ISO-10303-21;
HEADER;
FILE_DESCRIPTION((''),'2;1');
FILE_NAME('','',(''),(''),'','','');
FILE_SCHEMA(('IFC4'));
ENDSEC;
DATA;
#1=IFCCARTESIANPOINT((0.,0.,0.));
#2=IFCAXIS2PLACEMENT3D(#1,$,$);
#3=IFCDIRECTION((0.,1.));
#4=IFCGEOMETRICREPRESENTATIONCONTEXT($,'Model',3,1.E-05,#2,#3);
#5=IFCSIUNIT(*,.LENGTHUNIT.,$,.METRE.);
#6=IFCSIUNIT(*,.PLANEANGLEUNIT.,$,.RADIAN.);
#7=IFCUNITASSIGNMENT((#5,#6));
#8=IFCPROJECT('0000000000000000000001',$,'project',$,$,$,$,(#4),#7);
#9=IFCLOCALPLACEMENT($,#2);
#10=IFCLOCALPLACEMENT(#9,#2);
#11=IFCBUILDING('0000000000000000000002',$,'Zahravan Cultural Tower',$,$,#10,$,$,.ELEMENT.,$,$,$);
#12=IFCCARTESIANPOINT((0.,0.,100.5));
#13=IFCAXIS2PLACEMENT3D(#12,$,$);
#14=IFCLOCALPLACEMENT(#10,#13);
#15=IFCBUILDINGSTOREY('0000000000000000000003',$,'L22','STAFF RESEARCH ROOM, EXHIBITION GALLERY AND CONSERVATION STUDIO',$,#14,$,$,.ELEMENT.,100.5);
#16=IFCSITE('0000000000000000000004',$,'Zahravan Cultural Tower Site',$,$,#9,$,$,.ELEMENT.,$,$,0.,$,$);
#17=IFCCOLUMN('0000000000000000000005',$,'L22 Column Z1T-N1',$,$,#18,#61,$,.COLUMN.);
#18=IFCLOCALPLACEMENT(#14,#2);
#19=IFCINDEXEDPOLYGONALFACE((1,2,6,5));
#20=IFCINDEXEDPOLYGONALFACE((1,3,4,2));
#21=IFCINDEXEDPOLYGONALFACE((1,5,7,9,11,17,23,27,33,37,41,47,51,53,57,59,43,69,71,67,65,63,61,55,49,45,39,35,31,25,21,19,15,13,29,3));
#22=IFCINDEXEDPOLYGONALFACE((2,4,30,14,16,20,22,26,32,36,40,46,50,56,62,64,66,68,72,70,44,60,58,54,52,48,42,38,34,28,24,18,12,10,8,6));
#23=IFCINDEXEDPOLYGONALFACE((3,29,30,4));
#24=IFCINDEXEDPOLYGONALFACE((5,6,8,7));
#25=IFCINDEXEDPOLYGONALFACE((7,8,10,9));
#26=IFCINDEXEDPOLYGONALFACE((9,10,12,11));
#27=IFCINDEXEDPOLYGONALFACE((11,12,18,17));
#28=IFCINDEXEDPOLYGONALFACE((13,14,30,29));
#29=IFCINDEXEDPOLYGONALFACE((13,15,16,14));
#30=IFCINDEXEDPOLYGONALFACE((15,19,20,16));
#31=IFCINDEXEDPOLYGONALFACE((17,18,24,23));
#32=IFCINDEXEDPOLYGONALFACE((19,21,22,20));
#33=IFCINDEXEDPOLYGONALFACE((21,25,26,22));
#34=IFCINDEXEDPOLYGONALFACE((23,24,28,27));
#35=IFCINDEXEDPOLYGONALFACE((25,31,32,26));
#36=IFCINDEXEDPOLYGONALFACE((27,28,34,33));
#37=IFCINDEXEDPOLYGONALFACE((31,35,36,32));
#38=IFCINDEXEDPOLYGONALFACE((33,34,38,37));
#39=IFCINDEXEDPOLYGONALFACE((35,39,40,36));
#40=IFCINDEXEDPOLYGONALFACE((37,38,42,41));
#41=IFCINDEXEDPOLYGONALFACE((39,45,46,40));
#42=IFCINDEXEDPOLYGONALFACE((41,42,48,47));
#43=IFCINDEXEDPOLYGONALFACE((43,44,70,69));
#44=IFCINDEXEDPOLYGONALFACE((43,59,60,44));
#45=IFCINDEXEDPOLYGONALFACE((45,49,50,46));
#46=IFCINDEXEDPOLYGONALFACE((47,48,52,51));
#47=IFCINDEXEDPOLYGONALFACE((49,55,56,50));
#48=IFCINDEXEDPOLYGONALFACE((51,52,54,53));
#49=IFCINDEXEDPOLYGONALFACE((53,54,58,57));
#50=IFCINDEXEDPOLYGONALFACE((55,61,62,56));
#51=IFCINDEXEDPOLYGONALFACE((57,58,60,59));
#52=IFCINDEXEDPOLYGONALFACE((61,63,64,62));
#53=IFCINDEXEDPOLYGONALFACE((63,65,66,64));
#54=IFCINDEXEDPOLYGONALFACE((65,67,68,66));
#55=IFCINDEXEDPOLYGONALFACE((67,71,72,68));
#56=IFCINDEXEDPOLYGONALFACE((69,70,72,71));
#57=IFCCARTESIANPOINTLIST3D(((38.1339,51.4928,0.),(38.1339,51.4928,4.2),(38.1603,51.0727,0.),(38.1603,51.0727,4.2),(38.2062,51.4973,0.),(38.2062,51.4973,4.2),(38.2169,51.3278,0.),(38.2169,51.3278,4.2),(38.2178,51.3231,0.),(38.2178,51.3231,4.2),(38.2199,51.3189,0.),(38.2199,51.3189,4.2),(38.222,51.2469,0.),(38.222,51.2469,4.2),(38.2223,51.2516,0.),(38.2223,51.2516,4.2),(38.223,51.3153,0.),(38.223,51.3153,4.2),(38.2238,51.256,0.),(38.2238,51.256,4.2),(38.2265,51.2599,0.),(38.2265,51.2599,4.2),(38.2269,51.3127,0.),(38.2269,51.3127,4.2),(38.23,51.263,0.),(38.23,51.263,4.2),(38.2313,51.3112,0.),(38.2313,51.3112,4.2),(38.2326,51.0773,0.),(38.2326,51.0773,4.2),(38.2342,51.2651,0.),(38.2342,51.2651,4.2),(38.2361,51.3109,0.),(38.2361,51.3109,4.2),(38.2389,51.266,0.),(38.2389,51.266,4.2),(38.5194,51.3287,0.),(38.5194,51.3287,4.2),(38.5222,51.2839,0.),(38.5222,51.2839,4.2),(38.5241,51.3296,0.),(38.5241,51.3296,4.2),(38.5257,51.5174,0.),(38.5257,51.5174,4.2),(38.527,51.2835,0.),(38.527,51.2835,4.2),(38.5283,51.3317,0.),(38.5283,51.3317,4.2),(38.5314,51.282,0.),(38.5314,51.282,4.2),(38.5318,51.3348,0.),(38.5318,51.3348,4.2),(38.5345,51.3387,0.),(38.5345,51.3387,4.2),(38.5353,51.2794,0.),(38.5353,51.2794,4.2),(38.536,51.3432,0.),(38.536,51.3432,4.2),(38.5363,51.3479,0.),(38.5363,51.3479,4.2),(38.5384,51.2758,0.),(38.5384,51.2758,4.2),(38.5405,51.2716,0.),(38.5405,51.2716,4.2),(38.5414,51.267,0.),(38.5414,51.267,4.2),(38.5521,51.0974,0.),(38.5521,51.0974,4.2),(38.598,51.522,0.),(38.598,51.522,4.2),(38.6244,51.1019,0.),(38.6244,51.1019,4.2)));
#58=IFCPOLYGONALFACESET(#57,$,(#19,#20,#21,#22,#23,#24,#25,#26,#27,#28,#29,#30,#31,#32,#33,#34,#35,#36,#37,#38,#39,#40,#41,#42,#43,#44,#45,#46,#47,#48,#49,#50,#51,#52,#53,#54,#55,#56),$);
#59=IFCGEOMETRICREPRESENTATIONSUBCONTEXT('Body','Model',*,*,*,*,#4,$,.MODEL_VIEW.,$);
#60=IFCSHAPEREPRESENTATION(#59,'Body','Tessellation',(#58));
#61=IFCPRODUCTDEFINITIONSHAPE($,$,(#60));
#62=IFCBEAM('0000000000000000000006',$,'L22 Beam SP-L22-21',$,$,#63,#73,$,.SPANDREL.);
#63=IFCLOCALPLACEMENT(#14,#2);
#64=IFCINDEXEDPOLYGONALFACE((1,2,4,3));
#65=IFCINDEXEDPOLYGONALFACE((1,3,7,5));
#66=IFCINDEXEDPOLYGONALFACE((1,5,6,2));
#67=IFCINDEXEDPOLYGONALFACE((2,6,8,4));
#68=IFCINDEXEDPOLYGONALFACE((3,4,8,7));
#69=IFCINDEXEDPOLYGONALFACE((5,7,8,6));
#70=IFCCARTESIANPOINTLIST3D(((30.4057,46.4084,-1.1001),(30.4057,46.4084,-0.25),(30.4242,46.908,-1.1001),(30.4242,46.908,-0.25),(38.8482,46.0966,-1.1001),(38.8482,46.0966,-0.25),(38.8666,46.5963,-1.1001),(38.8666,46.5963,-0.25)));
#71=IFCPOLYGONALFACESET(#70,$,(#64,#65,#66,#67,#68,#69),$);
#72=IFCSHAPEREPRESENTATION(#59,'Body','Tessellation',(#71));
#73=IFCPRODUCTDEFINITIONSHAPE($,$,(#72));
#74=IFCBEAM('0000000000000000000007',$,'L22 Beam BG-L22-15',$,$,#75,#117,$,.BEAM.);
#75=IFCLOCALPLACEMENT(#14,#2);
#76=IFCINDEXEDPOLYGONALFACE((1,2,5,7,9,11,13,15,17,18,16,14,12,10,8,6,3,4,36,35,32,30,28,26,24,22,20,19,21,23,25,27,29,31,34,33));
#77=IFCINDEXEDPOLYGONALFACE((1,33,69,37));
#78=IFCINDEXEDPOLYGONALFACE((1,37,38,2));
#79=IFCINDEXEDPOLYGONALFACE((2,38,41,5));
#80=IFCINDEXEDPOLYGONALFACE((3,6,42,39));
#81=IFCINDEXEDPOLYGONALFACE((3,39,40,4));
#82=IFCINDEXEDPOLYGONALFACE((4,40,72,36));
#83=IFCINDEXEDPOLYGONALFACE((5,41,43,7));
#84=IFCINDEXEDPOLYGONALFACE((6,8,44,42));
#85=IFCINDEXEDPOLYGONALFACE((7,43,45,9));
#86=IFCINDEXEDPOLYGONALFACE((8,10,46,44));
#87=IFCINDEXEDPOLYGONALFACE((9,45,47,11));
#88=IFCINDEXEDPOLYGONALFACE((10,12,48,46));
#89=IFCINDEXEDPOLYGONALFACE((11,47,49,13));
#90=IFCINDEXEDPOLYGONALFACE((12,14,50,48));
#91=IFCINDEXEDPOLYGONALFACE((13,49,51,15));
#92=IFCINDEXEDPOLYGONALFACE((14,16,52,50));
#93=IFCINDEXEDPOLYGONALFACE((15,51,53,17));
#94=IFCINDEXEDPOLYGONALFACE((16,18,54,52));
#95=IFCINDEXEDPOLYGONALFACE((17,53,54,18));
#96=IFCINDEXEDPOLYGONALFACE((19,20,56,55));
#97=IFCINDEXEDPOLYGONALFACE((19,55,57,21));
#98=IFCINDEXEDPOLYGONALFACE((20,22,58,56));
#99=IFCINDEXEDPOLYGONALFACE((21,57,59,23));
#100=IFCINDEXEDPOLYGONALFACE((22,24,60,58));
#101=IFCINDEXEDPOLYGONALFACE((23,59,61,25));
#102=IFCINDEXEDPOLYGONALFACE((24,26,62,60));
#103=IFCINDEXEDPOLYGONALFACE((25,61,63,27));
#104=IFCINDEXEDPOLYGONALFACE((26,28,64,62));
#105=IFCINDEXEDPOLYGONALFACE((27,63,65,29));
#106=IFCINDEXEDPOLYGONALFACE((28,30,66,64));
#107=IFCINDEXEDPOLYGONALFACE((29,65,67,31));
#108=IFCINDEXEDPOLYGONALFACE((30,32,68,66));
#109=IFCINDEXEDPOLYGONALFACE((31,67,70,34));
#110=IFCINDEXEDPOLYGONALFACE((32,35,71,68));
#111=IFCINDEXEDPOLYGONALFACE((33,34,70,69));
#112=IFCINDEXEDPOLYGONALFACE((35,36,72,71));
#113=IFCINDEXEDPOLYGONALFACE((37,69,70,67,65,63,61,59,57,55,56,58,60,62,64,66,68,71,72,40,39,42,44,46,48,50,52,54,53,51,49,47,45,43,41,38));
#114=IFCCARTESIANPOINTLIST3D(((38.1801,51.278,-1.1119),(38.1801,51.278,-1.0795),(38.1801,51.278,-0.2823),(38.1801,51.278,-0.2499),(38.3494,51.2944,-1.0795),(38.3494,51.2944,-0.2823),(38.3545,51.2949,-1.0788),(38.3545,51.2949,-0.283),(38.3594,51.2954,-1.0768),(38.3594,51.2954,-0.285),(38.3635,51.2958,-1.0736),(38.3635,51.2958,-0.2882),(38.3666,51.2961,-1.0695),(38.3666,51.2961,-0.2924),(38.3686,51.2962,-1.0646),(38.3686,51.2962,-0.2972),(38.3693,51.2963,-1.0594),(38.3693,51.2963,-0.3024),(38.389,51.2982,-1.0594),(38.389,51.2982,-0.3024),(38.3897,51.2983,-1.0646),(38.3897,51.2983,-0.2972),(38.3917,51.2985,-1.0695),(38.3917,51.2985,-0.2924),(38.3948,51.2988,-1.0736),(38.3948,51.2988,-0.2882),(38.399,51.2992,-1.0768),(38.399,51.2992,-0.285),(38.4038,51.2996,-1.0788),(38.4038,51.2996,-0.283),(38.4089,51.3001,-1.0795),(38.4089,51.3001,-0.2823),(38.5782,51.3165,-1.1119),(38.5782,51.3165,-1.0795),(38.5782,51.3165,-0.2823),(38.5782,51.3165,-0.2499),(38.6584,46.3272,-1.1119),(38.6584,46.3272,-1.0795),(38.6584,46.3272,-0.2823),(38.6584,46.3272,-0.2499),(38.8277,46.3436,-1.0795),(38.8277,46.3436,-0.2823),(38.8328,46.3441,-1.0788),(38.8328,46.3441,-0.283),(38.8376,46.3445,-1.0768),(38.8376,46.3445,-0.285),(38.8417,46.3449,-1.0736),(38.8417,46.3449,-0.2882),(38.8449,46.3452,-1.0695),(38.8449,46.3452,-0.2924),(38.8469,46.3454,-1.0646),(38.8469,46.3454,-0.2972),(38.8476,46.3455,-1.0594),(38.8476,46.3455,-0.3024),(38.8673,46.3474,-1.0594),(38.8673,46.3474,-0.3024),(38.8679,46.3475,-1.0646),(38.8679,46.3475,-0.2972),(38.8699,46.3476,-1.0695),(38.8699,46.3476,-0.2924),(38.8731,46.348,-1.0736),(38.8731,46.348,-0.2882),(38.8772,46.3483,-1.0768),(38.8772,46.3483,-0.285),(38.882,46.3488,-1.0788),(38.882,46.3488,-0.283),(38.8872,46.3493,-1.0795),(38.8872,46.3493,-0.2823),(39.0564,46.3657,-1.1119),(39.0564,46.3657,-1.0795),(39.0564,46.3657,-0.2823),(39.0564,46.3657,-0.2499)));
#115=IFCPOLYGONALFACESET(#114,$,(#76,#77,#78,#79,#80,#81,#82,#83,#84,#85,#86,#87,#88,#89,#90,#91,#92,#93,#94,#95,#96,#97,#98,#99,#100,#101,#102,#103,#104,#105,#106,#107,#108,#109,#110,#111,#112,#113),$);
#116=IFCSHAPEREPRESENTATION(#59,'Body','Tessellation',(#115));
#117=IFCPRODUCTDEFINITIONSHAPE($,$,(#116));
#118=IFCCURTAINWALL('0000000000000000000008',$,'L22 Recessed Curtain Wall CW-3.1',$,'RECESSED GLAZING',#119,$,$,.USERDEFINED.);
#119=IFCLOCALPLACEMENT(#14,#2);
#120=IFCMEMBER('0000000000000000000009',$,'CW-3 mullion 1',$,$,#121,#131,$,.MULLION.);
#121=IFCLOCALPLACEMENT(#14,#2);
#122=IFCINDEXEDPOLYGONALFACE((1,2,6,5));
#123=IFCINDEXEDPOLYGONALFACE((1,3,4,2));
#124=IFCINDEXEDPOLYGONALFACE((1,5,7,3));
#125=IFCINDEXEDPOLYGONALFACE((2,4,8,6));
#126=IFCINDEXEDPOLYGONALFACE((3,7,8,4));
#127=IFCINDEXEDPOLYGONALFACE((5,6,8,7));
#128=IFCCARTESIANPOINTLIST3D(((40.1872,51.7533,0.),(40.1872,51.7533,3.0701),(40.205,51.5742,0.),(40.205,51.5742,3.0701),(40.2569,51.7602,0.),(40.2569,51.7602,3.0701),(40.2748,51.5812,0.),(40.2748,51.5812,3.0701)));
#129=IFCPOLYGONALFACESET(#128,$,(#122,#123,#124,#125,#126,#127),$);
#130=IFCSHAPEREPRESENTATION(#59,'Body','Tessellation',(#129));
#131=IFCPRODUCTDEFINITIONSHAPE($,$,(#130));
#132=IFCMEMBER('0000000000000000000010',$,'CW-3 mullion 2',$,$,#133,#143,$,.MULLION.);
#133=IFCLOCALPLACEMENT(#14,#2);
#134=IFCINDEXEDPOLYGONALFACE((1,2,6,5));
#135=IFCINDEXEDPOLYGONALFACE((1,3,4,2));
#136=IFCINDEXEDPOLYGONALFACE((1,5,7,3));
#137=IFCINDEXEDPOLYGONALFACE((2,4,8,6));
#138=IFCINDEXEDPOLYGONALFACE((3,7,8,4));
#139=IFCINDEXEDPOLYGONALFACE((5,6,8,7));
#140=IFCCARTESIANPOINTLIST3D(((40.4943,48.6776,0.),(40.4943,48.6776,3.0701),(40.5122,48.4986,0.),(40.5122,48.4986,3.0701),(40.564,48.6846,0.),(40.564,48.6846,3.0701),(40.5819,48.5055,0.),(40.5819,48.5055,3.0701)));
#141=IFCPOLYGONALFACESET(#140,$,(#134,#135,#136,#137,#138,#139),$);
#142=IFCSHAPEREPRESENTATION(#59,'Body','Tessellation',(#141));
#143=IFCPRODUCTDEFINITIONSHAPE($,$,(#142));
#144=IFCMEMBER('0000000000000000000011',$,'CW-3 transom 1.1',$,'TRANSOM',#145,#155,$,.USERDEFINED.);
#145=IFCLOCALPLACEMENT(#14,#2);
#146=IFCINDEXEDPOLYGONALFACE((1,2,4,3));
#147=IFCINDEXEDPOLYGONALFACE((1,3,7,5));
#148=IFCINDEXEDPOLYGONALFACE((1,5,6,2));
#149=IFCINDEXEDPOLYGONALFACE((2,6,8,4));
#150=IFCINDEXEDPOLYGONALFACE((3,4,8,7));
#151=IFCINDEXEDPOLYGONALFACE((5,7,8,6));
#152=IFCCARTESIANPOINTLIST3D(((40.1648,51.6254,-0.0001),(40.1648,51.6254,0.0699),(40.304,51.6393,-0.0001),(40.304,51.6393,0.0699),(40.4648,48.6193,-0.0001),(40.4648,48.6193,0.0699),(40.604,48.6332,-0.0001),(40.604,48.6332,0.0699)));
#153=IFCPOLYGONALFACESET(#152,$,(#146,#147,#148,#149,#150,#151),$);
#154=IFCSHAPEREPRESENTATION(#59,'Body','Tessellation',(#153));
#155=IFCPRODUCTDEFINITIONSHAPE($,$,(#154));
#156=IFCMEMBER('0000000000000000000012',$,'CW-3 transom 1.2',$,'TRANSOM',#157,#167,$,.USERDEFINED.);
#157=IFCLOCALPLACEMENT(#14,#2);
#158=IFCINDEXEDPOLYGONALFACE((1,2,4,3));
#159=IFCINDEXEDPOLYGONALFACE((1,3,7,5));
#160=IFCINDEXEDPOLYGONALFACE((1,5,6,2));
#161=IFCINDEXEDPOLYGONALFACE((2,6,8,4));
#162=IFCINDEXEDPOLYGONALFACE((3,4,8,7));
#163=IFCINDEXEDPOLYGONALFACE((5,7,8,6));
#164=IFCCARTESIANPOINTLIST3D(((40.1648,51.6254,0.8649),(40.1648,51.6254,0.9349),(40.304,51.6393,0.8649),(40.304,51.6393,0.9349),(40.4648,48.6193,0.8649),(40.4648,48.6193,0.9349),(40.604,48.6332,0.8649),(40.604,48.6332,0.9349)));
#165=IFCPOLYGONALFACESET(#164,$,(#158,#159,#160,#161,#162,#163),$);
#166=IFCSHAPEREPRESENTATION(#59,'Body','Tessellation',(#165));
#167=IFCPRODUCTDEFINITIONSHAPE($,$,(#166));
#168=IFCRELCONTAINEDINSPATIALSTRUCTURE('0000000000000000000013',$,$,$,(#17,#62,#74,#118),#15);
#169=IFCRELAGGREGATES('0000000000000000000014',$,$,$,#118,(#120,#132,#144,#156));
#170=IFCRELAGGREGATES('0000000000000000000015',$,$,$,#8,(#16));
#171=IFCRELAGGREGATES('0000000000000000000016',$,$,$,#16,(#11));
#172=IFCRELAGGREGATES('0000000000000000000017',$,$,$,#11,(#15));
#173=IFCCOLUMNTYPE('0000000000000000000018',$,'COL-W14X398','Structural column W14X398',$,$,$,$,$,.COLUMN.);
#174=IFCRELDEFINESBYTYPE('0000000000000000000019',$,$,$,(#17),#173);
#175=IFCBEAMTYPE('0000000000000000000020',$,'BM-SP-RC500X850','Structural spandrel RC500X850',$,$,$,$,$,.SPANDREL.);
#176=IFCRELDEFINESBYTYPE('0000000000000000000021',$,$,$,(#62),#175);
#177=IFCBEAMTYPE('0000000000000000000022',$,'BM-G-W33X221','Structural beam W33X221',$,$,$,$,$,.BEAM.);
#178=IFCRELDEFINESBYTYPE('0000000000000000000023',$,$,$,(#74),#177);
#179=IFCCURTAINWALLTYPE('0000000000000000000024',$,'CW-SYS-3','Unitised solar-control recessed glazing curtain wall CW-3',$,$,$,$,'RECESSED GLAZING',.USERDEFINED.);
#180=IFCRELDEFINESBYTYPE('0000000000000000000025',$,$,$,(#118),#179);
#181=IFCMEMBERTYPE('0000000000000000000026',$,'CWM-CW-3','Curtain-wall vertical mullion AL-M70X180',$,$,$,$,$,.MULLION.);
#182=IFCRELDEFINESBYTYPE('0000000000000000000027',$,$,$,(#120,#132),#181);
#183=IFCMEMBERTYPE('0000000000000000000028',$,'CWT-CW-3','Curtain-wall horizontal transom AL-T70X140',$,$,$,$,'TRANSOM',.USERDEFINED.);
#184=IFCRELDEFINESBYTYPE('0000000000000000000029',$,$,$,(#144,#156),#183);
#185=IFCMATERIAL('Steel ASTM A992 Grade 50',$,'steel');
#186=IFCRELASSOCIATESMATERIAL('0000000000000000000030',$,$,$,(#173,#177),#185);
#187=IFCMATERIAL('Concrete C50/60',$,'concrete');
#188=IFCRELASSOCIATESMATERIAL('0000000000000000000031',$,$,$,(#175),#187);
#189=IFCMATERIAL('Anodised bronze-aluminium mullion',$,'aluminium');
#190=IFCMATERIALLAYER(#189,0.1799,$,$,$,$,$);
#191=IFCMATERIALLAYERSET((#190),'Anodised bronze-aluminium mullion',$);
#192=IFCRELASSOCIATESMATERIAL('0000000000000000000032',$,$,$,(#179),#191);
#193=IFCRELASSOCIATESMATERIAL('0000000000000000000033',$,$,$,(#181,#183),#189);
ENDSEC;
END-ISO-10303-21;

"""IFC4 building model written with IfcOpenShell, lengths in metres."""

from ifc_helpers import new_model, si_unit, direction, frame, origin, origin_2d, place, context, subcontext, project, spatial, rectangle, i_section, extrude, source, transform, mapped, material, layer, layer_set, material_profile, profile_set, type_object, element, aggregate, save


model = new_model("IFC4")

# Units and contexts
model_context = context("Model", 3, precision=1e-05, world=origin(), true_north=direction((0.0, 1.0)))
body_context = subcontext(model_context, "Body", "Model", "MODEL_VIEW")
ifc_project = project(units=[si_unit("LENGTHUNIT", "METRE"), si_unit("PLANEANGLEUNIT", "RADIAN")], contexts=[model_context])

# Site, building, storey
site_placement = place(None, origin())
site = spatial("IfcSite", under=ifc_project, at=site_placement, Name="Zahravan Cultural Tower Site", CompositionType="ELEMENT", RefElevation=0.0)
building_placement = place(site_placement, origin())
building = spatial("IfcBuilding", under=site, at=building_placement, Name="Zahravan Cultural Tower", CompositionType="ELEMENT")
storey_placement = place(building_placement, frame((0.0, 0.0, 100.5)))
storey = spatial("IfcBuildingStorey", under=building, at=storey_placement, Name="L22", Description="STAFF RESEARCH ROOM, EXHIBITION GALLERY AND CONSERVATION STUDIO", CompositionType="ELEMENT", Elevation=100.5)

# Column
ifc_material_1 = material(Name="Steel ASTM A992 Grade 50", Category="steel")
ifc_material_profile_1 = material_profile(ifc_material_1, i_section(OverallWidth=0.4209, OverallDepth=0.4651, WebThickness=0.0449, FlangeThickness=0.0725, FilletRadius=0.0181, at=origin_2d()), Name="W14X398")
ifc_profile_set_1 = profile_set([ifc_material_profile_1], Name="Steel ASTM A992 Grade 50")
column_type = type_object("IfcColumnType", Name="COL-W14X398", Description="Structural column W14X398", PredefinedType="COLUMN", material=ifc_profile_set_1)
shared_shape_1 = source(origin(), body_context, "Body", "SweptSolid", [
    extrude(i_section(OverallWidth=0.4209, OverallDepth=0.4651, WebThickness=0.0449, FlangeThickness=0.0725, FilletRadius=0.0181, at=origin_2d()), origin(), (0.0, 0.0, 1.0), 4.2),
])
column_placement = place(storey_placement, frame((38.3792, 51.2974, 0.0), z_axis=(0.0, 0.0, 1.0), x_axis=(-0.062791, 0.998027, 0.0)))
element("IfcColumn", 1, at=column_placement, inside=storey, type_object=column_type, Name="L22 Column Z1T-N1", PredefinedType="COLUMN", context=body_context, shape_type="MappedRepresentation", body=[
    mapped(shared_shape_1, transform((0.0, 0.0, 0.0), x_axis=(1.0, 0.0, 0.0), y_axis=(0.0, 1.0, 0.0), z_axis=(0.0, 0.0, 1.0), scale=1.0)),
])

# Beams
ifc_material_2 = material(Name="Concrete C50/60", Category="concrete")
ifc_material_profile_2 = material_profile(ifc_material_2, rectangle(XDim=0.5, YDim=0.8501, at=origin_2d()), Name="RC500X850")
ifc_profile_set_2 = profile_set([ifc_material_profile_2], Name="Concrete C50/60")
beam_type_1 = type_object("IfcBeamType", Name="BM-SP-RC500X850", Description="Structural spandrel RC500X850", PredefinedType="SPANDREL", material=ifc_profile_set_2)
shared_shape_2 = source(origin(), body_context, "Body", "SweptSolid", [
    extrude(rectangle(XDim=0.5, YDim=0.8501, at=origin_2d()), origin(), (0.0, 0.0, 1.0), 8.4482),
])
beam_1_placement = place(storey_placement, frame((38.8574, 46.3464, -0.675), z_axis=(-0.999319, 0.036904, 0.0), x_axis=(-0.036904, -0.999319, 0.0)))
element("IfcBeam", 2, at=beam_1_placement, inside=storey, type_object=beam_type_1, Name="L22 Beam SP-L22-21", PredefinedType="SPANDREL", context=body_context, shape_type="MappedRepresentation", body=[
    mapped(shared_shape_2, transform((0.0, 0.0, 0.0), x_axis=(1.0, 0.0, 0.0), y_axis=(0.0, 1.0, 0.0), z_axis=(0.0, 0.0, 1.0), scale=1.0)),
])
ifc_material_profile_3 = material_profile(ifc_material_1, i_section(OverallWidth=0.3999, OverallDepth=0.8621, WebThickness=0.0198, FlangeThickness=0.0325, FilletRadius=0.02, at=origin_2d()), Name="W33X221")
ifc_profile_set_3 = profile_set([ifc_material_profile_3], Name="Steel ASTM A992 Grade 50")
beam_type_2 = type_object("IfcBeamType", Name="BM-G-W33X221", Description="Structural beam W33X221", PredefinedType="BEAM", material=ifc_profile_set_3)
shared_shape_3 = source(origin(), body_context, "Body", "SweptSolid", [
    extrude(i_section(OverallWidth=0.3999, OverallDepth=0.8621, WebThickness=0.0198, FlangeThickness=0.0325, FilletRadius=0.02, at=origin_2d()), origin(), (0.0, 0.0, 1.0), 4.9739),
])
beam_2_placement = place(storey_placement, frame((38.8574, 46.3464, -0.6809), z_axis=(-0.096155, 0.995366, 0.0), x_axis=(-0.995366, -0.096155, 0.0)))
element("IfcBeam", 3, at=beam_2_placement, inside=storey, type_object=beam_type_2, Name="L22 Beam BG-L22-15", PredefinedType="BEAM", context=body_context, shape_type="MappedRepresentation", body=[
    mapped(shared_shape_3, transform((0.0, 0.0, 0.0), x_axis=(1.0, 0.0, 0.0), y_axis=(0.0, 1.0, 0.0), z_axis=(0.0, 0.0, 1.0), scale=1.0)),
])

# Curtain wall, members
ifc_material_3 = material(Name="Anodised bronze-aluminium mullion", Category="aluminium")
ifc_layer_1 = layer(ifc_material_3, 0.1799)
ifc_layer_set_1 = layer_set([ifc_layer_1], Name="Anodised bronze-aluminium mullion")
curtain_wall_type = type_object("IfcCurtainWallType", Name="CW-SYS-3", Description="Unitised solar-control recessed glazing curtain wall CW-3", ElementType="RECESSED GLAZING", PredefinedType="USERDEFINED", material=ifc_layer_set_1)
curtain_wall_placement = place(storey_placement, origin())
curtain_wall = element("IfcCurtainWall", 4, at=curtain_wall_placement, inside=storey, type_object=curtain_wall_type, Name="L22 Recessed Curtain Wall CW-3.1", ObjectType="RECESSED GLAZING", PredefinedType="USERDEFINED")
ifc_material_profile_4 = material_profile(ifc_material_3, rectangle(XDim=0.0701, YDim=0.1799, at=origin_2d()), Name="AL-M70X180")
ifc_profile_set_4 = profile_set([ifc_material_profile_4], Name="Anodised bronze-aluminium mullion")
member_type_1 = type_object("IfcMemberType", Name="CWM-CW-3", Description="Curtain-wall vertical mullion AL-M70X180", PredefinedType="MULLION", material=ifc_profile_set_4)
shared_shape_4 = source(origin(), body_context, "Body", "SweptSolid", [
    extrude(rectangle(XDim=0.0701, YDim=0.1799, at=origin_2d()), origin(), (0.0, 0.0, 1.0), 3.0701),
])
member_1_placement = place(storey_placement, frame((40.231, 51.6672, 0.0), z_axis=(0.0, 0.0, 1.0), x_axis=(0.995055, 0.099322, 0.0)))
member_1 = element("IfcMember", 5, at=member_1_placement, type_object=member_type_1, Name="CW-3 mullion 1", PredefinedType="MULLION", context=body_context, shape_type="MappedRepresentation", body=[
    mapped(shared_shape_4, transform((0.0, 0.0, 0.0), x_axis=(1.0, 0.0, 0.0), y_axis=(0.0, 1.0, 0.0), z_axis=(0.0, 0.0, 1.0), scale=1.0)),
])
member_2_placement = place(storey_placement, frame((40.5381, 48.5916, 0.0), z_axis=(0.0, 0.0, 1.0), x_axis=(0.995055, 0.099322, 0.0)))
member_2 = element("IfcMember", 6, at=member_2_placement, type_object=member_type_1, Name="CW-3 mullion 2", PredefinedType="MULLION", context=body_context, shape_type="MappedRepresentation", body=[
    mapped(shared_shape_4, transform((0.0, 0.0, 0.0), x_axis=(1.0, 0.0, 0.0), y_axis=(0.0, 1.0, 0.0), z_axis=(0.0, 0.0, 1.0), scale=1.0)),
])
ifc_material_profile_5 = material_profile(ifc_material_3, rectangle(XDim=0.1399, YDim=0.0701, at=origin_2d()), Name="AL-T70X140")
ifc_profile_set_5 = profile_set([ifc_material_profile_5], Name="Anodised bronze-aluminium mullion")
member_type_2 = type_object("IfcMemberType", Name="CWT-CW-3", Description="Curtain-wall horizontal transom AL-T70X140", ElementType="TRANSOM", PredefinedType="USERDEFINED", material=ifc_profile_set_5)
shared_shape_5 = source(origin(), body_context, "Body", "SweptSolid", [
    extrude(rectangle(XDim=0.1399, YDim=0.0701, at=origin_2d()), origin(), (0.0, 0.0, 1.0), 3.021),
])
member_3_placement = place(storey_placement, frame((40.2344, 51.6323, 0.0349), z_axis=(0.09932, -0.995056, 0.0), x_axis=(0.995056, 0.09932, 0.0)))
member_3 = element("IfcMember", 7, at=member_3_placement, type_object=member_type_2, Name="CW-3 transom 1.1", ObjectType="TRANSOM", PredefinedType="USERDEFINED", context=body_context, shape_type="MappedRepresentation", body=[
    mapped(shared_shape_5, transform((0.0, 0.0, 0.0), x_axis=(1.0, 0.0, 0.0), y_axis=(0.0, 1.0, 0.0), z_axis=(0.0, 0.0, 1.0), scale=1.0)),
])
member_4_placement = place(storey_placement, frame((40.2344, 51.6323, 0.8999), z_axis=(0.09932, -0.995056, 0.0), x_axis=(0.995056, 0.09932, 0.0)))
member_4 = element("IfcMember", 8, at=member_4_placement, type_object=member_type_2, Name="CW-3 transom 1.2", ObjectType="TRANSOM", PredefinedType="USERDEFINED", context=body_context, shape_type="MappedRepresentation", body=[
    mapped(shared_shape_5, transform((0.0, 0.0, 0.0), x_axis=(1.0, 0.0, 0.0), y_axis=(0.0, 1.0, 0.0), z_axis=(0.0, 0.0, 1.0), scale=1.0)),
])
aggregate(curtain_wall, [member_1, member_2, member_3, member_4])

save(model, "model.ifc")
